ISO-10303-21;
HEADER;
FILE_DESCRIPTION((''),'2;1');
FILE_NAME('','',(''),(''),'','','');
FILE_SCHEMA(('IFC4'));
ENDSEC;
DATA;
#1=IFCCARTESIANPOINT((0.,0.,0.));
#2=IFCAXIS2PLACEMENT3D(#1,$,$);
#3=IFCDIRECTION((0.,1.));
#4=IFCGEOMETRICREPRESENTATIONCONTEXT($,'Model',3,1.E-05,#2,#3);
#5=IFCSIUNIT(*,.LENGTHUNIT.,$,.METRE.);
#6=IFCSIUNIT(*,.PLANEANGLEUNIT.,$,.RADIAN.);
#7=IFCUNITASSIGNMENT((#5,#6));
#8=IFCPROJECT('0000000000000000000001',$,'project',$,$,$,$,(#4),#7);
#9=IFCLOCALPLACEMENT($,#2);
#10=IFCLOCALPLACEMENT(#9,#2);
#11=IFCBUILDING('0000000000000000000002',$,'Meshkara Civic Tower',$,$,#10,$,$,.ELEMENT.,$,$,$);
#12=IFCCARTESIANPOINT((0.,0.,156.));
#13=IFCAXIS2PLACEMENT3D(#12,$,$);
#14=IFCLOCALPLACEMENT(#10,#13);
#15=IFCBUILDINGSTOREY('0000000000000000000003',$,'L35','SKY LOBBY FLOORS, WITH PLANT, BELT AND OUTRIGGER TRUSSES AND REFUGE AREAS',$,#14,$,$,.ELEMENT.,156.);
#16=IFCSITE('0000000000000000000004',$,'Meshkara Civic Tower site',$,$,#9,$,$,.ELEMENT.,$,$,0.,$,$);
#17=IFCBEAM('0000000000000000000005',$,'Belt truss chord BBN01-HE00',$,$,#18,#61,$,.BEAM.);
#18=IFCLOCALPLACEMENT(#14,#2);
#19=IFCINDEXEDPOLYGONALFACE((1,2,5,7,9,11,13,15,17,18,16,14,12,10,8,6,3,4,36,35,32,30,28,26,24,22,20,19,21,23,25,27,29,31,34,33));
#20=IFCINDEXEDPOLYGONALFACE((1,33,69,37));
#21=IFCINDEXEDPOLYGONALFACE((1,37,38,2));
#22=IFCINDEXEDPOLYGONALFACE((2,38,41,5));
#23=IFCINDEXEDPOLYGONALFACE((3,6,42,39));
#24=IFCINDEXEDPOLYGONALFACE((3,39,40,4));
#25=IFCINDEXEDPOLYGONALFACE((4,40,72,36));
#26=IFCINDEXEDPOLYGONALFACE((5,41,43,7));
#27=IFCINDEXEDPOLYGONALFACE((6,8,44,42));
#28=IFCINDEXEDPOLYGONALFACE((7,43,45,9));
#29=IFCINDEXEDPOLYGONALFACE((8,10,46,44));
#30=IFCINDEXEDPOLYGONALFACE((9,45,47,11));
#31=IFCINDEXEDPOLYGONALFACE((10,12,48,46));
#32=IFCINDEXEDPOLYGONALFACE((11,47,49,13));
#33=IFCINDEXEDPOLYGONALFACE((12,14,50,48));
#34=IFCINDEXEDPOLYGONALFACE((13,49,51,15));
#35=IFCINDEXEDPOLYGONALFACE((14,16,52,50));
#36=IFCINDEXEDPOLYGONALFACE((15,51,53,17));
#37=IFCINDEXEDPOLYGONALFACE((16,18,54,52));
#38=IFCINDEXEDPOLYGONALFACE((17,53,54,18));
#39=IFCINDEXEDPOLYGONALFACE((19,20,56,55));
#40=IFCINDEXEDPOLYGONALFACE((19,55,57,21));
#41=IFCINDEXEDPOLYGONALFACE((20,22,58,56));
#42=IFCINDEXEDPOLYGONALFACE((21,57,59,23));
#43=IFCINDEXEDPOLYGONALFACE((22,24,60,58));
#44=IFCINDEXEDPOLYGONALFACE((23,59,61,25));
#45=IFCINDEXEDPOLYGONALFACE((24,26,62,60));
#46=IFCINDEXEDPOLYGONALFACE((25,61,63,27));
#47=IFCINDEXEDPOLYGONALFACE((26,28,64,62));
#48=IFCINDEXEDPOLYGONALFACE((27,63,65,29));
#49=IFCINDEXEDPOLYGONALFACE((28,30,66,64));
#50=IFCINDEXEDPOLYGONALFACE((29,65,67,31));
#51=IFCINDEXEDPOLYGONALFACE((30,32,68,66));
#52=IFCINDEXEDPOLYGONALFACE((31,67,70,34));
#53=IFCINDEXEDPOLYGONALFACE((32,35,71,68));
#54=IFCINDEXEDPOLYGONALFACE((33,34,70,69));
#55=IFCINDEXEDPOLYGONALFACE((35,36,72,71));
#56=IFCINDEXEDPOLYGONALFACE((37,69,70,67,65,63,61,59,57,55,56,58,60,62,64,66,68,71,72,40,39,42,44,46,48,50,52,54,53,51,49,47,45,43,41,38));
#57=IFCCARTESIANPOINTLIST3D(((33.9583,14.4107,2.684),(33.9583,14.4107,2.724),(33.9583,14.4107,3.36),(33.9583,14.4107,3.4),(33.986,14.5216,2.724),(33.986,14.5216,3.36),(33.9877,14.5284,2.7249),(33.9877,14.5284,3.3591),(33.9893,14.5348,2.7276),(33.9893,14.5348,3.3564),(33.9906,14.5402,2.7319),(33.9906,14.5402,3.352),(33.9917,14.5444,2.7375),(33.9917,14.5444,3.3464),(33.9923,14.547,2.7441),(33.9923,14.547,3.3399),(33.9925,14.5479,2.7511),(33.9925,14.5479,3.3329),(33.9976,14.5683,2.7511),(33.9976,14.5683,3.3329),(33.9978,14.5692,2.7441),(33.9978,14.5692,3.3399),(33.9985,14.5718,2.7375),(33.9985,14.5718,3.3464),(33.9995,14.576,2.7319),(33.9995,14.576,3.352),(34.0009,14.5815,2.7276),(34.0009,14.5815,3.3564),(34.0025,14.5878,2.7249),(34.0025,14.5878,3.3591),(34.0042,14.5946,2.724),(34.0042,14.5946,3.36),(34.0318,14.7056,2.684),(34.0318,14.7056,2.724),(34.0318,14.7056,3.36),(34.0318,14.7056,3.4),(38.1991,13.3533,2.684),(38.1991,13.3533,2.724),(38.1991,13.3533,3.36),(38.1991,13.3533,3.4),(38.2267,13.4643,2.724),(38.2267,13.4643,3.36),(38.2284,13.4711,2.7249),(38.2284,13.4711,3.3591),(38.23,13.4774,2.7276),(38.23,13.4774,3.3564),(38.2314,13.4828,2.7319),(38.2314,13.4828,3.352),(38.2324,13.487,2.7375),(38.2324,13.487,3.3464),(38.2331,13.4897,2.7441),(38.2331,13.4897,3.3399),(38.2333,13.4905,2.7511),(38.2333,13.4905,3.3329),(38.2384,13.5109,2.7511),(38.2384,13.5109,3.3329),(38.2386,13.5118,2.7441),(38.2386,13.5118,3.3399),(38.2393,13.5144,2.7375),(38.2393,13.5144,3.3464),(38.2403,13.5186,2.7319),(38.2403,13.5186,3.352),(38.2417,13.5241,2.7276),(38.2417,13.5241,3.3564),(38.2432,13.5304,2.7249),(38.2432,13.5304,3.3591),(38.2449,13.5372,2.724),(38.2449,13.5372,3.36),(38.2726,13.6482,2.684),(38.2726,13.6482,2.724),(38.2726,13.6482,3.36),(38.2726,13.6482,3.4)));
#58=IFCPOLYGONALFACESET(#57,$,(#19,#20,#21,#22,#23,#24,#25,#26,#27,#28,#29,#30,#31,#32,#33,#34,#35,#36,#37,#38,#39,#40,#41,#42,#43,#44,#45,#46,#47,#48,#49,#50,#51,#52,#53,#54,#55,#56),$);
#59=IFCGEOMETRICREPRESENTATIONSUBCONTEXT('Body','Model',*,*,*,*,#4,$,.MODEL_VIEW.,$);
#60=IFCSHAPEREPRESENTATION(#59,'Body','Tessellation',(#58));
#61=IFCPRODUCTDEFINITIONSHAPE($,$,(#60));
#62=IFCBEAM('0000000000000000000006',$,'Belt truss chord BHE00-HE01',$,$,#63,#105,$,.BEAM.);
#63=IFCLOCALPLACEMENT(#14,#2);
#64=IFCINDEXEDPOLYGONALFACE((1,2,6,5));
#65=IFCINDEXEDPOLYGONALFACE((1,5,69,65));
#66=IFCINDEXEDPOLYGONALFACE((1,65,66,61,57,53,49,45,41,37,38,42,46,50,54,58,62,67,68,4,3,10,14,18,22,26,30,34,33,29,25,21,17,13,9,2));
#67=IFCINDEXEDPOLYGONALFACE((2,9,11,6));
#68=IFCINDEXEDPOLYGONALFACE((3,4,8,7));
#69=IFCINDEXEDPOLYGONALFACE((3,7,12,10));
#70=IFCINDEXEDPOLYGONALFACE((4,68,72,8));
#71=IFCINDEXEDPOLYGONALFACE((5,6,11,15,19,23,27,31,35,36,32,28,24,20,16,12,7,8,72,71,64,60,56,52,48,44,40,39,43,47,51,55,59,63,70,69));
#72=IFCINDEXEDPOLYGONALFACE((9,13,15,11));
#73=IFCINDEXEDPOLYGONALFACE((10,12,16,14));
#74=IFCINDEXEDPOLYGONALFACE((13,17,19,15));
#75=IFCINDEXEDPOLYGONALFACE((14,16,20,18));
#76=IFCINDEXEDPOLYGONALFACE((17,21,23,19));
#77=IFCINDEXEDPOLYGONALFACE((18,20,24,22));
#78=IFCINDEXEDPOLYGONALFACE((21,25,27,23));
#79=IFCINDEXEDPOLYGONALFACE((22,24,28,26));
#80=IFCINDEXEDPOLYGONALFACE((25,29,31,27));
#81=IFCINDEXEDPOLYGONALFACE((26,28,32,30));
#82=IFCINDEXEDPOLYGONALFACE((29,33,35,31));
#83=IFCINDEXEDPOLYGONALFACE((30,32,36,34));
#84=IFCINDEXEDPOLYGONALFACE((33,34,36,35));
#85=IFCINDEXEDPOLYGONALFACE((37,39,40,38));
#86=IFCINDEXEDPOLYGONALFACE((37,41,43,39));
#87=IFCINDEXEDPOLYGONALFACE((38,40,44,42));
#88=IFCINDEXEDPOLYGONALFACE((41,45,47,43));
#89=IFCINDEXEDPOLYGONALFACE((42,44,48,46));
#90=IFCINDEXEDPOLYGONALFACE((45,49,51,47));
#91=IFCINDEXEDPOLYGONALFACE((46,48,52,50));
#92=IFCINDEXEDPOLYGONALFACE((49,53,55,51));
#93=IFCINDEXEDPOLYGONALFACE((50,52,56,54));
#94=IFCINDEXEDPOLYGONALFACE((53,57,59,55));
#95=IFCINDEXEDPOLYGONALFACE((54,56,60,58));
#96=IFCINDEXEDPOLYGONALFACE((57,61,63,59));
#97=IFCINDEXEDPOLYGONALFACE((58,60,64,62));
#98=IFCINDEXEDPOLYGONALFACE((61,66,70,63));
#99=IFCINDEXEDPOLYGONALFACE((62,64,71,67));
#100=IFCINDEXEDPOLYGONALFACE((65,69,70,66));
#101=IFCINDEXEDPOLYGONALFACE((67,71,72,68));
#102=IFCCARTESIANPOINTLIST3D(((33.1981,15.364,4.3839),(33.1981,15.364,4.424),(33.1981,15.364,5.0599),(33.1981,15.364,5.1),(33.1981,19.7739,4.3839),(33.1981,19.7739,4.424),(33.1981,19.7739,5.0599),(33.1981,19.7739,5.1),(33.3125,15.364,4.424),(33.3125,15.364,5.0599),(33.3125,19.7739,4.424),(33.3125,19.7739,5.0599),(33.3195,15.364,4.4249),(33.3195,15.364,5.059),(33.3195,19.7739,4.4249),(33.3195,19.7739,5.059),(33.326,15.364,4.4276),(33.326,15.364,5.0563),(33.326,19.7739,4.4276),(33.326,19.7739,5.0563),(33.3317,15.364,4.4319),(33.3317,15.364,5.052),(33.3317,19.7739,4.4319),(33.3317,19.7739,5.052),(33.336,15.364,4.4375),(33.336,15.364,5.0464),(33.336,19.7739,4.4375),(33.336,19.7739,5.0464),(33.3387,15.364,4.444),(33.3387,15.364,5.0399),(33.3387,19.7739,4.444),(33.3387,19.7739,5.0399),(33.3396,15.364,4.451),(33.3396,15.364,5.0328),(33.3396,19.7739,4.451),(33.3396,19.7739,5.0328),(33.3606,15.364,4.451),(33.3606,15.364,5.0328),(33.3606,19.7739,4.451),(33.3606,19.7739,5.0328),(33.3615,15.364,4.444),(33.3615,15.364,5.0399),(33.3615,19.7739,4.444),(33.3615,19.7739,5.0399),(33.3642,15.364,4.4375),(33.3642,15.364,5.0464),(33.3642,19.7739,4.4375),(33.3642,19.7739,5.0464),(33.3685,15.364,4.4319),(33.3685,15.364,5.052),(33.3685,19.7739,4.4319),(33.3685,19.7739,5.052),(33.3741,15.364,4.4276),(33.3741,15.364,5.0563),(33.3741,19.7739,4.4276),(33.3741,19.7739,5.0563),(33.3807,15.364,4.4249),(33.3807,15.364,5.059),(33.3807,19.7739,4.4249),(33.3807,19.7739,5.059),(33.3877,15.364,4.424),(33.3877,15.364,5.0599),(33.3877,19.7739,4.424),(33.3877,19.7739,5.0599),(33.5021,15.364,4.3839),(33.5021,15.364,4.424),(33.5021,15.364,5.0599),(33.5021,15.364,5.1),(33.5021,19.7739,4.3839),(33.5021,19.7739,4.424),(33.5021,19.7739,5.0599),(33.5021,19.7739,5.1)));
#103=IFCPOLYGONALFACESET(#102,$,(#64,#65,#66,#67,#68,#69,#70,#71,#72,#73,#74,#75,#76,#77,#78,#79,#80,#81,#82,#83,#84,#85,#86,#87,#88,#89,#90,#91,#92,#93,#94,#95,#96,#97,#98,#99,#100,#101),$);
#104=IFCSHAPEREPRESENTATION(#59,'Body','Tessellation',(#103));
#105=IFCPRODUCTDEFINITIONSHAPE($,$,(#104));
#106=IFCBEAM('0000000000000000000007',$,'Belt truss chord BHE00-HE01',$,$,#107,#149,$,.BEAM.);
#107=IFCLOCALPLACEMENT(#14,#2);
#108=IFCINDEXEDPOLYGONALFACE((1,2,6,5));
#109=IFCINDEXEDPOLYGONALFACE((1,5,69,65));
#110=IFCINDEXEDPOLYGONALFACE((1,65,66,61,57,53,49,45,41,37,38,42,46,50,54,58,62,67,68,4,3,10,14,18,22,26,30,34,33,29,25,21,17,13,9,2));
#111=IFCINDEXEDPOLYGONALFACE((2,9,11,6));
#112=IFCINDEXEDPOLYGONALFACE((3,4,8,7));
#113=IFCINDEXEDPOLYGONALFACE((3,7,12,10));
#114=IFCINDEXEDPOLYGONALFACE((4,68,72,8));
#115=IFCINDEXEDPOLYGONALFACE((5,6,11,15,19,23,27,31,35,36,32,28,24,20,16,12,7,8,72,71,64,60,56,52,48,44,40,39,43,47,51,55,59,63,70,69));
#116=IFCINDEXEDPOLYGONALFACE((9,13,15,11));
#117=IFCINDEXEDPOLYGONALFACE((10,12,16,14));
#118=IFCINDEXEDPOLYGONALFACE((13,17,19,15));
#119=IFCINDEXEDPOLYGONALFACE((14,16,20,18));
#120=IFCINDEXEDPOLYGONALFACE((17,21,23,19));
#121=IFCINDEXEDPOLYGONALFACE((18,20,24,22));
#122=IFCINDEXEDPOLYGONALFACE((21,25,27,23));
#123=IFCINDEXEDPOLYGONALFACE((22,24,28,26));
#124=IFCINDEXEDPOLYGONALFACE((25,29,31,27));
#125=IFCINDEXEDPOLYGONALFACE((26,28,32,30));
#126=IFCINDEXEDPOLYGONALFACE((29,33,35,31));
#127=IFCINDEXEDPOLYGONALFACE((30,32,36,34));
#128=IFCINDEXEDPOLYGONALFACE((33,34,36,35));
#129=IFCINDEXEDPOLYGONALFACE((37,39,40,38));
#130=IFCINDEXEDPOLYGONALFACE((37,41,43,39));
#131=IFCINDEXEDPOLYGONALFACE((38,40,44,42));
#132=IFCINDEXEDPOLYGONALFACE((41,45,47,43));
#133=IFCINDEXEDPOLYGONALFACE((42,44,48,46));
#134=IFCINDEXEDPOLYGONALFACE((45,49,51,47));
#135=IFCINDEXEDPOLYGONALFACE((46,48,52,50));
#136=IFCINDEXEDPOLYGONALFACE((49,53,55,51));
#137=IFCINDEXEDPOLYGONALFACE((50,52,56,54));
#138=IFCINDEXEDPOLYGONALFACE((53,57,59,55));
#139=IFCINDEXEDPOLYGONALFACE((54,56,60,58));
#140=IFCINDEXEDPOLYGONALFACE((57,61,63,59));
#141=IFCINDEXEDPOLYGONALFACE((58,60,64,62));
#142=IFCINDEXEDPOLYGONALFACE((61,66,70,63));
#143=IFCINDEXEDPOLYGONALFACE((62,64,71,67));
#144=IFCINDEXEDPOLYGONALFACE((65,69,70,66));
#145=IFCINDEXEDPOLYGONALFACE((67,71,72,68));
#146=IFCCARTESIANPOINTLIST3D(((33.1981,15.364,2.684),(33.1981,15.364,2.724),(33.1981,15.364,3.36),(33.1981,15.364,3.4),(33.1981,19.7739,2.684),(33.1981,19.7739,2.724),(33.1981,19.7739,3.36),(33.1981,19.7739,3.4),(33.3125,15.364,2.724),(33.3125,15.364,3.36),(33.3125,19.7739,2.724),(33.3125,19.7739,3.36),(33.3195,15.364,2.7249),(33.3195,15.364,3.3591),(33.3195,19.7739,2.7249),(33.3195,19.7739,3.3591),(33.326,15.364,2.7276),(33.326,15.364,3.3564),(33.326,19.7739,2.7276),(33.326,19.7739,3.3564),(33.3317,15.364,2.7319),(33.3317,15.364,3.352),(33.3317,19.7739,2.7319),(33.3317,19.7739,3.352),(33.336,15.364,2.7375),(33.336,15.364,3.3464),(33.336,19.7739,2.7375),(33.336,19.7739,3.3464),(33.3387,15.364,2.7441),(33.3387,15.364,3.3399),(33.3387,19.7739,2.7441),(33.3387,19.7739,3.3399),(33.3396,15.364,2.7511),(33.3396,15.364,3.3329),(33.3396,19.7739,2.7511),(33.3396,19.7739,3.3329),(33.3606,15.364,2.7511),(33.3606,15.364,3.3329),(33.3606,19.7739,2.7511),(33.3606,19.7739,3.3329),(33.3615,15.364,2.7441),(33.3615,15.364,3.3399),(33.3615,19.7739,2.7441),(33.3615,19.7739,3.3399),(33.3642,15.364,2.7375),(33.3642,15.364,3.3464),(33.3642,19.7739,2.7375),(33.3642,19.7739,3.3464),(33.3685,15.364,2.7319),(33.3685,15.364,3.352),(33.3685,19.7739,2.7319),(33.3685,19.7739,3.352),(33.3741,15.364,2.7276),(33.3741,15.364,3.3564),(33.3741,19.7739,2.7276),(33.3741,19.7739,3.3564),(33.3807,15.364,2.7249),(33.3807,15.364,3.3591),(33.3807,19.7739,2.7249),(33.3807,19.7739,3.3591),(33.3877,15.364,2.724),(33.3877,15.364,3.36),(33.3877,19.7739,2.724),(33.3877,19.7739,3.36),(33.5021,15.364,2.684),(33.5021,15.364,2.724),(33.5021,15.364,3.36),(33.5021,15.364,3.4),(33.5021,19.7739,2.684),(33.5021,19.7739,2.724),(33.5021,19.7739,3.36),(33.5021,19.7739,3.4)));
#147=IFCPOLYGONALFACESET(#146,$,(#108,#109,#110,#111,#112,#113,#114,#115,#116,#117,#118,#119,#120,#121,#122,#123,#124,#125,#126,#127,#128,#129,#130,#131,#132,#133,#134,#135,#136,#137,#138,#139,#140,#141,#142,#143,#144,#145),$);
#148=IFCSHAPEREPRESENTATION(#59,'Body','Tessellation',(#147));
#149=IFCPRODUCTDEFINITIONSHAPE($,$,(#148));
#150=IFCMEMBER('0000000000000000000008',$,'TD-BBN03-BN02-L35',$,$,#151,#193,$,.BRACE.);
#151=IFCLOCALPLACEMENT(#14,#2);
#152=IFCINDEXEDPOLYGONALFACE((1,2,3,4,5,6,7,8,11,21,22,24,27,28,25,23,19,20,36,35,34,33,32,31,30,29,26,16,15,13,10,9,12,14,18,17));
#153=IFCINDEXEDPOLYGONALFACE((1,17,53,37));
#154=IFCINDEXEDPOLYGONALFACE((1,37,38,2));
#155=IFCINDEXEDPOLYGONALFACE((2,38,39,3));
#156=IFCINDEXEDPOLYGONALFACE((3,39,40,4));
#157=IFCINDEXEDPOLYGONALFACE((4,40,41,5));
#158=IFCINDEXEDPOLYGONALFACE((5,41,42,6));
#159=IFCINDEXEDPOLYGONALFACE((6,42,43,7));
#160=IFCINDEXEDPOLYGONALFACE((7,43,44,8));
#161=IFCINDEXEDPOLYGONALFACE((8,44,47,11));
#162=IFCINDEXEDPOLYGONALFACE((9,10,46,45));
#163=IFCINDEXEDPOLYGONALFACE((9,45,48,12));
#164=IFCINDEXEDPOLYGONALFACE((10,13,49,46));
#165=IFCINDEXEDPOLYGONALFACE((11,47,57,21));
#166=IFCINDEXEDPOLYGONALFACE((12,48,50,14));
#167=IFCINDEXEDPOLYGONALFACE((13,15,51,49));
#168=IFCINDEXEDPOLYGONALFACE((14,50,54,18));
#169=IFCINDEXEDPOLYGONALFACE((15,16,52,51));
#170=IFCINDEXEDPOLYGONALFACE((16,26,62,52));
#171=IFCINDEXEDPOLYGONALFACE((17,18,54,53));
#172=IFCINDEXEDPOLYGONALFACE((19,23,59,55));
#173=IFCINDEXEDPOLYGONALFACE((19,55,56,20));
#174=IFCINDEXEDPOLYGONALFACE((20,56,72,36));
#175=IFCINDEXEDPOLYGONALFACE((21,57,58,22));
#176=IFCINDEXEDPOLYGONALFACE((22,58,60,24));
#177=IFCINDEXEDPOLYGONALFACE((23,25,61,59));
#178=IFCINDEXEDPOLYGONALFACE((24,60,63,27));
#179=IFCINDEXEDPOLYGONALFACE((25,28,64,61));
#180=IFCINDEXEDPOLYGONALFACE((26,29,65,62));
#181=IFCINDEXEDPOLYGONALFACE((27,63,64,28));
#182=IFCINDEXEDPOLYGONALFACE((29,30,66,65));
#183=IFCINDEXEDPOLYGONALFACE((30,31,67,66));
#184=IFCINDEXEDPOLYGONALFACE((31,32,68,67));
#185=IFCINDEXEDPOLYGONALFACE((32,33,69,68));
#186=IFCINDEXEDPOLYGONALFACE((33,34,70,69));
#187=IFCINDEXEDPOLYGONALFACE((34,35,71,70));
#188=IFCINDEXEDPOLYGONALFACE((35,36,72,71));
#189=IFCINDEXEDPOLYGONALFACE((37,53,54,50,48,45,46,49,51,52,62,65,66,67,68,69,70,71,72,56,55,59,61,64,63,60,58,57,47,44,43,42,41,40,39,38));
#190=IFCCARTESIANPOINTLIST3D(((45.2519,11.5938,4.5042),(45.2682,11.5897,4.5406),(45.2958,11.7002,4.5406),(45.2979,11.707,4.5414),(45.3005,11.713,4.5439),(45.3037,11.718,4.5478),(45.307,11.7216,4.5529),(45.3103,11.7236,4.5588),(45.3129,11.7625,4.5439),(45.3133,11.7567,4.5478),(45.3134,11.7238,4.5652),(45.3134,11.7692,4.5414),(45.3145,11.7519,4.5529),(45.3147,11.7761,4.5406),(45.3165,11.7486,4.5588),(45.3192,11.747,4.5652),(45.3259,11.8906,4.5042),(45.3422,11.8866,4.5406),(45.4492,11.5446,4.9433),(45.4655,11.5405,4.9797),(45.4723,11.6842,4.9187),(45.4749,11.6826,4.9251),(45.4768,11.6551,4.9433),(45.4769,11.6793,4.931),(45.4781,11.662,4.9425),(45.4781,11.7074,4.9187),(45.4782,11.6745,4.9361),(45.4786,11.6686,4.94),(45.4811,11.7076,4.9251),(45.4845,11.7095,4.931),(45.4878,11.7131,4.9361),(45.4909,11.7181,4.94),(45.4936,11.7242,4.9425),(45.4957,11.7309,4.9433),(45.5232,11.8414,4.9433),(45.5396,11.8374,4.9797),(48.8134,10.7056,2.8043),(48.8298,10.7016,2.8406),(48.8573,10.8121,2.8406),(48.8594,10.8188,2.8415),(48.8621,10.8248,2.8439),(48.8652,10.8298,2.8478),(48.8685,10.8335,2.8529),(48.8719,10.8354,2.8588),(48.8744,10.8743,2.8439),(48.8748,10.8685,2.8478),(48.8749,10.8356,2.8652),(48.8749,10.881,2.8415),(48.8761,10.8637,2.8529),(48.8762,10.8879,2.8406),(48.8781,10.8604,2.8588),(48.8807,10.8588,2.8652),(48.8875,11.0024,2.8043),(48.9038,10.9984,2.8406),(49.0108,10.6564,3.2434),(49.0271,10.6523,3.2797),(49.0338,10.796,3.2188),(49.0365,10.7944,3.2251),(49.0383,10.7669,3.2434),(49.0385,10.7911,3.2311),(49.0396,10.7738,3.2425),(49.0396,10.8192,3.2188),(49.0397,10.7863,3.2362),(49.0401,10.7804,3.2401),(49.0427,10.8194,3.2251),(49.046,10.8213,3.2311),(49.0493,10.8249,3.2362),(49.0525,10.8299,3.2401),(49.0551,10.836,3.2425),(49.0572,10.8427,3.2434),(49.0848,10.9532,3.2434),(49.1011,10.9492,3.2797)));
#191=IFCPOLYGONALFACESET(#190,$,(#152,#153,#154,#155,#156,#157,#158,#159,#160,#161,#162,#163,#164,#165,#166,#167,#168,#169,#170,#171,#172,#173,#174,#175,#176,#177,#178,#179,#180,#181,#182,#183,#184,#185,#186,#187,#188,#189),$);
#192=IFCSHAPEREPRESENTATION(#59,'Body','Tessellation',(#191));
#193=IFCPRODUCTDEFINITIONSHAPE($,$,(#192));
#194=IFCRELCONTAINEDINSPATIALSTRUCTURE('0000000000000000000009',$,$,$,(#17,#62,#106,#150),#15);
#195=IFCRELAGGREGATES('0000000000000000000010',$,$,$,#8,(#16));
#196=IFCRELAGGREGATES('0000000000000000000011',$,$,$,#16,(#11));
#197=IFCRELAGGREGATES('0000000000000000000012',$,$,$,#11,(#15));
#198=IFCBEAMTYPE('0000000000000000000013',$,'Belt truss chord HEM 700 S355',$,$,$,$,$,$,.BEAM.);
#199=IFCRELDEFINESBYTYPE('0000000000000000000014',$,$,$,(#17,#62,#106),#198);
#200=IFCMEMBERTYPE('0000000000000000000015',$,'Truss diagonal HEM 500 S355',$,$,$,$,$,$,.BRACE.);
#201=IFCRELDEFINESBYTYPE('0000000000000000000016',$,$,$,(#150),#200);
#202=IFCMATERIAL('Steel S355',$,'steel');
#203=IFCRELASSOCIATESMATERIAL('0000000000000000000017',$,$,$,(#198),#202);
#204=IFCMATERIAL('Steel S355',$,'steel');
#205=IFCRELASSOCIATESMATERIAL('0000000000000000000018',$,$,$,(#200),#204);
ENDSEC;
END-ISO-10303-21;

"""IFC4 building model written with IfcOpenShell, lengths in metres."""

from ifc_helpers import new_model, si_unit, direction, frame, origin, origin_2d, place, context, subcontext, project, spatial, i_section, extrude, material, material_profile, profile_set, type_object, element, save


model = new_model("IFC4")

# Units and contexts
model_context = context("Model", 3, precision=1e-05, world=origin(), true_north=direction((0.0, 1.0)))
body_context = subcontext(model_context, "Body", "Model", "MODEL_VIEW")
ifc_project = project(units=[si_unit("LENGTHUNIT", "METRE"), si_unit("PLANEANGLEUNIT", "RADIAN")], contexts=[model_context])

# Site, building, storey
site_placement = place(None, origin())
site = spatial("IfcSite", under=ifc_project, at=site_placement, Name="Meshkara Civic Tower site", CompositionType="ELEMENT", RefElevation=0.0)
building_placement = place(site_placement, origin())
building = spatial("IfcBuilding", under=site, at=building_placement, Name="Meshkara Civic Tower", CompositionType="ELEMENT")
storey_placement = place(building_placement, frame((0.0, 0.0, 156.0)))
storey = spatial("IfcBuildingStorey", under=building, at=storey_placement, Name="L35", Description="SKY LOBBY FLOORS, WITH PLANT, BELT AND OUTRIGGER TRUSSES AND REFUGE AREAS", CompositionType="ELEMENT", Elevation=156.0)

# Beams
ifc_material_1 = material(Name="Steel S355", Category="steel")
ifc_material_profile_1 = material_profile(ifc_material_1, i_section(OverallWidth=0.304, OverallDepth=0.7161, WebThickness=0.021, FlangeThickness=0.04, FilletRadius=0.0271, at=origin_2d()))
ifc_profile_set_1 = profile_set([ifc_material_profile_1], Name="Steel S355")
beam_type = type_object("IfcBeamType", Name="Belt truss chord HEM 700 S355", PredefinedType="BEAM", material=ifc_profile_set_1)
for number, where, z_axis, x_axis, name in (
    (1, (38.2358, 13.5007, 3.042), (-0.970293, 0.241931, 0.0), (-0.241931, -0.970293, 0.0), "Belt truss chord BBN01-HE00"),
):
    element("IfcBeam", number, at=place(storey_placement, frame(where, z_axis=z_axis, x_axis=x_axis)), inside=storey, type_object=beam_type, Name=name, PredefinedType="BEAM", context=body_context, shape_type="SweptSolid", body=[
        extrude(i_section(OverallWidth=0.304, OverallDepth=0.7161, WebThickness=0.021, FlangeThickness=0.04, FilletRadius=0.0271, at=origin_2d()), origin(), (0.0, 0.0, 1.0), 4.3706),
    ])
for number, where, z_axis, x_axis, name in (
    (2, (33.3501, 15.364, 4.7419), (0.0, 1.0, 0.0), (-1.0, 0.0, 0.0), "Belt truss chord BHE00-HE01"),
    (3, (33.3501, 15.364, 3.042), (0.0, 1.0, 0.0), (-1.0, 0.0, 0.0), "Belt truss chord BHE00-HE01"),
):
    element("IfcBeam", number, at=place(storey_placement, frame(where, z_axis=z_axis, x_axis=x_axis)), inside=storey, type_object=beam_type, Name=name, PredefinedType="BEAM", context=body_context, shape_type="SweptSolid", body=[
        extrude(i_section(OverallWidth=0.304, OverallDepth=0.7161, WebThickness=0.021, FlangeThickness=0.04, FilletRadius=0.0271, at=origin_2d()), origin(), (0.0, 0.0, 1.0), 4.4099),
    ])

# Member
ifc_material_2 = material(Name="Steel S355", Category="steel")
ifc_material_profile_2 = material_profile(ifc_material_2, i_section(OverallWidth=0.3059, OverallDepth=0.5239, WebThickness=0.0239, FlangeThickness=0.04, FilletRadius=0.0271, at=origin_2d()))
ifc_profile_set_2 = profile_set([ifc_material_profile_2], Name="Steel S355")
member_type = type_object("IfcMemberType", Name="Truss diagonal HEM 500 S355", PredefinedType="BRACE", material=ifc_profile_set_2)
member_1_placement = place(storey_placement, frame((48.9573, 10.8274, 3.042), z_axis=(-0.880445, 0.219568, 0.420245), x_axis=(-0.241972, -0.970283, 0.0)))
element("IfcMember", 4, at=member_1_placement, inside=storey, type_object=member_type, Name="TD-BBN03-BN02-L35", PredefinedType="BRACE", context=body_context, shape_type="SweptSolid", body=[
    extrude(i_section(OverallWidth=0.3059, OverallDepth=0.5239, WebThickness=0.0239, FlangeThickness=0.04, FilletRadius=0.0271, at=origin_2d()), origin(), (0.0, 0.0, 1.0), 4.0452),
])

save(model, "model.ifc")
